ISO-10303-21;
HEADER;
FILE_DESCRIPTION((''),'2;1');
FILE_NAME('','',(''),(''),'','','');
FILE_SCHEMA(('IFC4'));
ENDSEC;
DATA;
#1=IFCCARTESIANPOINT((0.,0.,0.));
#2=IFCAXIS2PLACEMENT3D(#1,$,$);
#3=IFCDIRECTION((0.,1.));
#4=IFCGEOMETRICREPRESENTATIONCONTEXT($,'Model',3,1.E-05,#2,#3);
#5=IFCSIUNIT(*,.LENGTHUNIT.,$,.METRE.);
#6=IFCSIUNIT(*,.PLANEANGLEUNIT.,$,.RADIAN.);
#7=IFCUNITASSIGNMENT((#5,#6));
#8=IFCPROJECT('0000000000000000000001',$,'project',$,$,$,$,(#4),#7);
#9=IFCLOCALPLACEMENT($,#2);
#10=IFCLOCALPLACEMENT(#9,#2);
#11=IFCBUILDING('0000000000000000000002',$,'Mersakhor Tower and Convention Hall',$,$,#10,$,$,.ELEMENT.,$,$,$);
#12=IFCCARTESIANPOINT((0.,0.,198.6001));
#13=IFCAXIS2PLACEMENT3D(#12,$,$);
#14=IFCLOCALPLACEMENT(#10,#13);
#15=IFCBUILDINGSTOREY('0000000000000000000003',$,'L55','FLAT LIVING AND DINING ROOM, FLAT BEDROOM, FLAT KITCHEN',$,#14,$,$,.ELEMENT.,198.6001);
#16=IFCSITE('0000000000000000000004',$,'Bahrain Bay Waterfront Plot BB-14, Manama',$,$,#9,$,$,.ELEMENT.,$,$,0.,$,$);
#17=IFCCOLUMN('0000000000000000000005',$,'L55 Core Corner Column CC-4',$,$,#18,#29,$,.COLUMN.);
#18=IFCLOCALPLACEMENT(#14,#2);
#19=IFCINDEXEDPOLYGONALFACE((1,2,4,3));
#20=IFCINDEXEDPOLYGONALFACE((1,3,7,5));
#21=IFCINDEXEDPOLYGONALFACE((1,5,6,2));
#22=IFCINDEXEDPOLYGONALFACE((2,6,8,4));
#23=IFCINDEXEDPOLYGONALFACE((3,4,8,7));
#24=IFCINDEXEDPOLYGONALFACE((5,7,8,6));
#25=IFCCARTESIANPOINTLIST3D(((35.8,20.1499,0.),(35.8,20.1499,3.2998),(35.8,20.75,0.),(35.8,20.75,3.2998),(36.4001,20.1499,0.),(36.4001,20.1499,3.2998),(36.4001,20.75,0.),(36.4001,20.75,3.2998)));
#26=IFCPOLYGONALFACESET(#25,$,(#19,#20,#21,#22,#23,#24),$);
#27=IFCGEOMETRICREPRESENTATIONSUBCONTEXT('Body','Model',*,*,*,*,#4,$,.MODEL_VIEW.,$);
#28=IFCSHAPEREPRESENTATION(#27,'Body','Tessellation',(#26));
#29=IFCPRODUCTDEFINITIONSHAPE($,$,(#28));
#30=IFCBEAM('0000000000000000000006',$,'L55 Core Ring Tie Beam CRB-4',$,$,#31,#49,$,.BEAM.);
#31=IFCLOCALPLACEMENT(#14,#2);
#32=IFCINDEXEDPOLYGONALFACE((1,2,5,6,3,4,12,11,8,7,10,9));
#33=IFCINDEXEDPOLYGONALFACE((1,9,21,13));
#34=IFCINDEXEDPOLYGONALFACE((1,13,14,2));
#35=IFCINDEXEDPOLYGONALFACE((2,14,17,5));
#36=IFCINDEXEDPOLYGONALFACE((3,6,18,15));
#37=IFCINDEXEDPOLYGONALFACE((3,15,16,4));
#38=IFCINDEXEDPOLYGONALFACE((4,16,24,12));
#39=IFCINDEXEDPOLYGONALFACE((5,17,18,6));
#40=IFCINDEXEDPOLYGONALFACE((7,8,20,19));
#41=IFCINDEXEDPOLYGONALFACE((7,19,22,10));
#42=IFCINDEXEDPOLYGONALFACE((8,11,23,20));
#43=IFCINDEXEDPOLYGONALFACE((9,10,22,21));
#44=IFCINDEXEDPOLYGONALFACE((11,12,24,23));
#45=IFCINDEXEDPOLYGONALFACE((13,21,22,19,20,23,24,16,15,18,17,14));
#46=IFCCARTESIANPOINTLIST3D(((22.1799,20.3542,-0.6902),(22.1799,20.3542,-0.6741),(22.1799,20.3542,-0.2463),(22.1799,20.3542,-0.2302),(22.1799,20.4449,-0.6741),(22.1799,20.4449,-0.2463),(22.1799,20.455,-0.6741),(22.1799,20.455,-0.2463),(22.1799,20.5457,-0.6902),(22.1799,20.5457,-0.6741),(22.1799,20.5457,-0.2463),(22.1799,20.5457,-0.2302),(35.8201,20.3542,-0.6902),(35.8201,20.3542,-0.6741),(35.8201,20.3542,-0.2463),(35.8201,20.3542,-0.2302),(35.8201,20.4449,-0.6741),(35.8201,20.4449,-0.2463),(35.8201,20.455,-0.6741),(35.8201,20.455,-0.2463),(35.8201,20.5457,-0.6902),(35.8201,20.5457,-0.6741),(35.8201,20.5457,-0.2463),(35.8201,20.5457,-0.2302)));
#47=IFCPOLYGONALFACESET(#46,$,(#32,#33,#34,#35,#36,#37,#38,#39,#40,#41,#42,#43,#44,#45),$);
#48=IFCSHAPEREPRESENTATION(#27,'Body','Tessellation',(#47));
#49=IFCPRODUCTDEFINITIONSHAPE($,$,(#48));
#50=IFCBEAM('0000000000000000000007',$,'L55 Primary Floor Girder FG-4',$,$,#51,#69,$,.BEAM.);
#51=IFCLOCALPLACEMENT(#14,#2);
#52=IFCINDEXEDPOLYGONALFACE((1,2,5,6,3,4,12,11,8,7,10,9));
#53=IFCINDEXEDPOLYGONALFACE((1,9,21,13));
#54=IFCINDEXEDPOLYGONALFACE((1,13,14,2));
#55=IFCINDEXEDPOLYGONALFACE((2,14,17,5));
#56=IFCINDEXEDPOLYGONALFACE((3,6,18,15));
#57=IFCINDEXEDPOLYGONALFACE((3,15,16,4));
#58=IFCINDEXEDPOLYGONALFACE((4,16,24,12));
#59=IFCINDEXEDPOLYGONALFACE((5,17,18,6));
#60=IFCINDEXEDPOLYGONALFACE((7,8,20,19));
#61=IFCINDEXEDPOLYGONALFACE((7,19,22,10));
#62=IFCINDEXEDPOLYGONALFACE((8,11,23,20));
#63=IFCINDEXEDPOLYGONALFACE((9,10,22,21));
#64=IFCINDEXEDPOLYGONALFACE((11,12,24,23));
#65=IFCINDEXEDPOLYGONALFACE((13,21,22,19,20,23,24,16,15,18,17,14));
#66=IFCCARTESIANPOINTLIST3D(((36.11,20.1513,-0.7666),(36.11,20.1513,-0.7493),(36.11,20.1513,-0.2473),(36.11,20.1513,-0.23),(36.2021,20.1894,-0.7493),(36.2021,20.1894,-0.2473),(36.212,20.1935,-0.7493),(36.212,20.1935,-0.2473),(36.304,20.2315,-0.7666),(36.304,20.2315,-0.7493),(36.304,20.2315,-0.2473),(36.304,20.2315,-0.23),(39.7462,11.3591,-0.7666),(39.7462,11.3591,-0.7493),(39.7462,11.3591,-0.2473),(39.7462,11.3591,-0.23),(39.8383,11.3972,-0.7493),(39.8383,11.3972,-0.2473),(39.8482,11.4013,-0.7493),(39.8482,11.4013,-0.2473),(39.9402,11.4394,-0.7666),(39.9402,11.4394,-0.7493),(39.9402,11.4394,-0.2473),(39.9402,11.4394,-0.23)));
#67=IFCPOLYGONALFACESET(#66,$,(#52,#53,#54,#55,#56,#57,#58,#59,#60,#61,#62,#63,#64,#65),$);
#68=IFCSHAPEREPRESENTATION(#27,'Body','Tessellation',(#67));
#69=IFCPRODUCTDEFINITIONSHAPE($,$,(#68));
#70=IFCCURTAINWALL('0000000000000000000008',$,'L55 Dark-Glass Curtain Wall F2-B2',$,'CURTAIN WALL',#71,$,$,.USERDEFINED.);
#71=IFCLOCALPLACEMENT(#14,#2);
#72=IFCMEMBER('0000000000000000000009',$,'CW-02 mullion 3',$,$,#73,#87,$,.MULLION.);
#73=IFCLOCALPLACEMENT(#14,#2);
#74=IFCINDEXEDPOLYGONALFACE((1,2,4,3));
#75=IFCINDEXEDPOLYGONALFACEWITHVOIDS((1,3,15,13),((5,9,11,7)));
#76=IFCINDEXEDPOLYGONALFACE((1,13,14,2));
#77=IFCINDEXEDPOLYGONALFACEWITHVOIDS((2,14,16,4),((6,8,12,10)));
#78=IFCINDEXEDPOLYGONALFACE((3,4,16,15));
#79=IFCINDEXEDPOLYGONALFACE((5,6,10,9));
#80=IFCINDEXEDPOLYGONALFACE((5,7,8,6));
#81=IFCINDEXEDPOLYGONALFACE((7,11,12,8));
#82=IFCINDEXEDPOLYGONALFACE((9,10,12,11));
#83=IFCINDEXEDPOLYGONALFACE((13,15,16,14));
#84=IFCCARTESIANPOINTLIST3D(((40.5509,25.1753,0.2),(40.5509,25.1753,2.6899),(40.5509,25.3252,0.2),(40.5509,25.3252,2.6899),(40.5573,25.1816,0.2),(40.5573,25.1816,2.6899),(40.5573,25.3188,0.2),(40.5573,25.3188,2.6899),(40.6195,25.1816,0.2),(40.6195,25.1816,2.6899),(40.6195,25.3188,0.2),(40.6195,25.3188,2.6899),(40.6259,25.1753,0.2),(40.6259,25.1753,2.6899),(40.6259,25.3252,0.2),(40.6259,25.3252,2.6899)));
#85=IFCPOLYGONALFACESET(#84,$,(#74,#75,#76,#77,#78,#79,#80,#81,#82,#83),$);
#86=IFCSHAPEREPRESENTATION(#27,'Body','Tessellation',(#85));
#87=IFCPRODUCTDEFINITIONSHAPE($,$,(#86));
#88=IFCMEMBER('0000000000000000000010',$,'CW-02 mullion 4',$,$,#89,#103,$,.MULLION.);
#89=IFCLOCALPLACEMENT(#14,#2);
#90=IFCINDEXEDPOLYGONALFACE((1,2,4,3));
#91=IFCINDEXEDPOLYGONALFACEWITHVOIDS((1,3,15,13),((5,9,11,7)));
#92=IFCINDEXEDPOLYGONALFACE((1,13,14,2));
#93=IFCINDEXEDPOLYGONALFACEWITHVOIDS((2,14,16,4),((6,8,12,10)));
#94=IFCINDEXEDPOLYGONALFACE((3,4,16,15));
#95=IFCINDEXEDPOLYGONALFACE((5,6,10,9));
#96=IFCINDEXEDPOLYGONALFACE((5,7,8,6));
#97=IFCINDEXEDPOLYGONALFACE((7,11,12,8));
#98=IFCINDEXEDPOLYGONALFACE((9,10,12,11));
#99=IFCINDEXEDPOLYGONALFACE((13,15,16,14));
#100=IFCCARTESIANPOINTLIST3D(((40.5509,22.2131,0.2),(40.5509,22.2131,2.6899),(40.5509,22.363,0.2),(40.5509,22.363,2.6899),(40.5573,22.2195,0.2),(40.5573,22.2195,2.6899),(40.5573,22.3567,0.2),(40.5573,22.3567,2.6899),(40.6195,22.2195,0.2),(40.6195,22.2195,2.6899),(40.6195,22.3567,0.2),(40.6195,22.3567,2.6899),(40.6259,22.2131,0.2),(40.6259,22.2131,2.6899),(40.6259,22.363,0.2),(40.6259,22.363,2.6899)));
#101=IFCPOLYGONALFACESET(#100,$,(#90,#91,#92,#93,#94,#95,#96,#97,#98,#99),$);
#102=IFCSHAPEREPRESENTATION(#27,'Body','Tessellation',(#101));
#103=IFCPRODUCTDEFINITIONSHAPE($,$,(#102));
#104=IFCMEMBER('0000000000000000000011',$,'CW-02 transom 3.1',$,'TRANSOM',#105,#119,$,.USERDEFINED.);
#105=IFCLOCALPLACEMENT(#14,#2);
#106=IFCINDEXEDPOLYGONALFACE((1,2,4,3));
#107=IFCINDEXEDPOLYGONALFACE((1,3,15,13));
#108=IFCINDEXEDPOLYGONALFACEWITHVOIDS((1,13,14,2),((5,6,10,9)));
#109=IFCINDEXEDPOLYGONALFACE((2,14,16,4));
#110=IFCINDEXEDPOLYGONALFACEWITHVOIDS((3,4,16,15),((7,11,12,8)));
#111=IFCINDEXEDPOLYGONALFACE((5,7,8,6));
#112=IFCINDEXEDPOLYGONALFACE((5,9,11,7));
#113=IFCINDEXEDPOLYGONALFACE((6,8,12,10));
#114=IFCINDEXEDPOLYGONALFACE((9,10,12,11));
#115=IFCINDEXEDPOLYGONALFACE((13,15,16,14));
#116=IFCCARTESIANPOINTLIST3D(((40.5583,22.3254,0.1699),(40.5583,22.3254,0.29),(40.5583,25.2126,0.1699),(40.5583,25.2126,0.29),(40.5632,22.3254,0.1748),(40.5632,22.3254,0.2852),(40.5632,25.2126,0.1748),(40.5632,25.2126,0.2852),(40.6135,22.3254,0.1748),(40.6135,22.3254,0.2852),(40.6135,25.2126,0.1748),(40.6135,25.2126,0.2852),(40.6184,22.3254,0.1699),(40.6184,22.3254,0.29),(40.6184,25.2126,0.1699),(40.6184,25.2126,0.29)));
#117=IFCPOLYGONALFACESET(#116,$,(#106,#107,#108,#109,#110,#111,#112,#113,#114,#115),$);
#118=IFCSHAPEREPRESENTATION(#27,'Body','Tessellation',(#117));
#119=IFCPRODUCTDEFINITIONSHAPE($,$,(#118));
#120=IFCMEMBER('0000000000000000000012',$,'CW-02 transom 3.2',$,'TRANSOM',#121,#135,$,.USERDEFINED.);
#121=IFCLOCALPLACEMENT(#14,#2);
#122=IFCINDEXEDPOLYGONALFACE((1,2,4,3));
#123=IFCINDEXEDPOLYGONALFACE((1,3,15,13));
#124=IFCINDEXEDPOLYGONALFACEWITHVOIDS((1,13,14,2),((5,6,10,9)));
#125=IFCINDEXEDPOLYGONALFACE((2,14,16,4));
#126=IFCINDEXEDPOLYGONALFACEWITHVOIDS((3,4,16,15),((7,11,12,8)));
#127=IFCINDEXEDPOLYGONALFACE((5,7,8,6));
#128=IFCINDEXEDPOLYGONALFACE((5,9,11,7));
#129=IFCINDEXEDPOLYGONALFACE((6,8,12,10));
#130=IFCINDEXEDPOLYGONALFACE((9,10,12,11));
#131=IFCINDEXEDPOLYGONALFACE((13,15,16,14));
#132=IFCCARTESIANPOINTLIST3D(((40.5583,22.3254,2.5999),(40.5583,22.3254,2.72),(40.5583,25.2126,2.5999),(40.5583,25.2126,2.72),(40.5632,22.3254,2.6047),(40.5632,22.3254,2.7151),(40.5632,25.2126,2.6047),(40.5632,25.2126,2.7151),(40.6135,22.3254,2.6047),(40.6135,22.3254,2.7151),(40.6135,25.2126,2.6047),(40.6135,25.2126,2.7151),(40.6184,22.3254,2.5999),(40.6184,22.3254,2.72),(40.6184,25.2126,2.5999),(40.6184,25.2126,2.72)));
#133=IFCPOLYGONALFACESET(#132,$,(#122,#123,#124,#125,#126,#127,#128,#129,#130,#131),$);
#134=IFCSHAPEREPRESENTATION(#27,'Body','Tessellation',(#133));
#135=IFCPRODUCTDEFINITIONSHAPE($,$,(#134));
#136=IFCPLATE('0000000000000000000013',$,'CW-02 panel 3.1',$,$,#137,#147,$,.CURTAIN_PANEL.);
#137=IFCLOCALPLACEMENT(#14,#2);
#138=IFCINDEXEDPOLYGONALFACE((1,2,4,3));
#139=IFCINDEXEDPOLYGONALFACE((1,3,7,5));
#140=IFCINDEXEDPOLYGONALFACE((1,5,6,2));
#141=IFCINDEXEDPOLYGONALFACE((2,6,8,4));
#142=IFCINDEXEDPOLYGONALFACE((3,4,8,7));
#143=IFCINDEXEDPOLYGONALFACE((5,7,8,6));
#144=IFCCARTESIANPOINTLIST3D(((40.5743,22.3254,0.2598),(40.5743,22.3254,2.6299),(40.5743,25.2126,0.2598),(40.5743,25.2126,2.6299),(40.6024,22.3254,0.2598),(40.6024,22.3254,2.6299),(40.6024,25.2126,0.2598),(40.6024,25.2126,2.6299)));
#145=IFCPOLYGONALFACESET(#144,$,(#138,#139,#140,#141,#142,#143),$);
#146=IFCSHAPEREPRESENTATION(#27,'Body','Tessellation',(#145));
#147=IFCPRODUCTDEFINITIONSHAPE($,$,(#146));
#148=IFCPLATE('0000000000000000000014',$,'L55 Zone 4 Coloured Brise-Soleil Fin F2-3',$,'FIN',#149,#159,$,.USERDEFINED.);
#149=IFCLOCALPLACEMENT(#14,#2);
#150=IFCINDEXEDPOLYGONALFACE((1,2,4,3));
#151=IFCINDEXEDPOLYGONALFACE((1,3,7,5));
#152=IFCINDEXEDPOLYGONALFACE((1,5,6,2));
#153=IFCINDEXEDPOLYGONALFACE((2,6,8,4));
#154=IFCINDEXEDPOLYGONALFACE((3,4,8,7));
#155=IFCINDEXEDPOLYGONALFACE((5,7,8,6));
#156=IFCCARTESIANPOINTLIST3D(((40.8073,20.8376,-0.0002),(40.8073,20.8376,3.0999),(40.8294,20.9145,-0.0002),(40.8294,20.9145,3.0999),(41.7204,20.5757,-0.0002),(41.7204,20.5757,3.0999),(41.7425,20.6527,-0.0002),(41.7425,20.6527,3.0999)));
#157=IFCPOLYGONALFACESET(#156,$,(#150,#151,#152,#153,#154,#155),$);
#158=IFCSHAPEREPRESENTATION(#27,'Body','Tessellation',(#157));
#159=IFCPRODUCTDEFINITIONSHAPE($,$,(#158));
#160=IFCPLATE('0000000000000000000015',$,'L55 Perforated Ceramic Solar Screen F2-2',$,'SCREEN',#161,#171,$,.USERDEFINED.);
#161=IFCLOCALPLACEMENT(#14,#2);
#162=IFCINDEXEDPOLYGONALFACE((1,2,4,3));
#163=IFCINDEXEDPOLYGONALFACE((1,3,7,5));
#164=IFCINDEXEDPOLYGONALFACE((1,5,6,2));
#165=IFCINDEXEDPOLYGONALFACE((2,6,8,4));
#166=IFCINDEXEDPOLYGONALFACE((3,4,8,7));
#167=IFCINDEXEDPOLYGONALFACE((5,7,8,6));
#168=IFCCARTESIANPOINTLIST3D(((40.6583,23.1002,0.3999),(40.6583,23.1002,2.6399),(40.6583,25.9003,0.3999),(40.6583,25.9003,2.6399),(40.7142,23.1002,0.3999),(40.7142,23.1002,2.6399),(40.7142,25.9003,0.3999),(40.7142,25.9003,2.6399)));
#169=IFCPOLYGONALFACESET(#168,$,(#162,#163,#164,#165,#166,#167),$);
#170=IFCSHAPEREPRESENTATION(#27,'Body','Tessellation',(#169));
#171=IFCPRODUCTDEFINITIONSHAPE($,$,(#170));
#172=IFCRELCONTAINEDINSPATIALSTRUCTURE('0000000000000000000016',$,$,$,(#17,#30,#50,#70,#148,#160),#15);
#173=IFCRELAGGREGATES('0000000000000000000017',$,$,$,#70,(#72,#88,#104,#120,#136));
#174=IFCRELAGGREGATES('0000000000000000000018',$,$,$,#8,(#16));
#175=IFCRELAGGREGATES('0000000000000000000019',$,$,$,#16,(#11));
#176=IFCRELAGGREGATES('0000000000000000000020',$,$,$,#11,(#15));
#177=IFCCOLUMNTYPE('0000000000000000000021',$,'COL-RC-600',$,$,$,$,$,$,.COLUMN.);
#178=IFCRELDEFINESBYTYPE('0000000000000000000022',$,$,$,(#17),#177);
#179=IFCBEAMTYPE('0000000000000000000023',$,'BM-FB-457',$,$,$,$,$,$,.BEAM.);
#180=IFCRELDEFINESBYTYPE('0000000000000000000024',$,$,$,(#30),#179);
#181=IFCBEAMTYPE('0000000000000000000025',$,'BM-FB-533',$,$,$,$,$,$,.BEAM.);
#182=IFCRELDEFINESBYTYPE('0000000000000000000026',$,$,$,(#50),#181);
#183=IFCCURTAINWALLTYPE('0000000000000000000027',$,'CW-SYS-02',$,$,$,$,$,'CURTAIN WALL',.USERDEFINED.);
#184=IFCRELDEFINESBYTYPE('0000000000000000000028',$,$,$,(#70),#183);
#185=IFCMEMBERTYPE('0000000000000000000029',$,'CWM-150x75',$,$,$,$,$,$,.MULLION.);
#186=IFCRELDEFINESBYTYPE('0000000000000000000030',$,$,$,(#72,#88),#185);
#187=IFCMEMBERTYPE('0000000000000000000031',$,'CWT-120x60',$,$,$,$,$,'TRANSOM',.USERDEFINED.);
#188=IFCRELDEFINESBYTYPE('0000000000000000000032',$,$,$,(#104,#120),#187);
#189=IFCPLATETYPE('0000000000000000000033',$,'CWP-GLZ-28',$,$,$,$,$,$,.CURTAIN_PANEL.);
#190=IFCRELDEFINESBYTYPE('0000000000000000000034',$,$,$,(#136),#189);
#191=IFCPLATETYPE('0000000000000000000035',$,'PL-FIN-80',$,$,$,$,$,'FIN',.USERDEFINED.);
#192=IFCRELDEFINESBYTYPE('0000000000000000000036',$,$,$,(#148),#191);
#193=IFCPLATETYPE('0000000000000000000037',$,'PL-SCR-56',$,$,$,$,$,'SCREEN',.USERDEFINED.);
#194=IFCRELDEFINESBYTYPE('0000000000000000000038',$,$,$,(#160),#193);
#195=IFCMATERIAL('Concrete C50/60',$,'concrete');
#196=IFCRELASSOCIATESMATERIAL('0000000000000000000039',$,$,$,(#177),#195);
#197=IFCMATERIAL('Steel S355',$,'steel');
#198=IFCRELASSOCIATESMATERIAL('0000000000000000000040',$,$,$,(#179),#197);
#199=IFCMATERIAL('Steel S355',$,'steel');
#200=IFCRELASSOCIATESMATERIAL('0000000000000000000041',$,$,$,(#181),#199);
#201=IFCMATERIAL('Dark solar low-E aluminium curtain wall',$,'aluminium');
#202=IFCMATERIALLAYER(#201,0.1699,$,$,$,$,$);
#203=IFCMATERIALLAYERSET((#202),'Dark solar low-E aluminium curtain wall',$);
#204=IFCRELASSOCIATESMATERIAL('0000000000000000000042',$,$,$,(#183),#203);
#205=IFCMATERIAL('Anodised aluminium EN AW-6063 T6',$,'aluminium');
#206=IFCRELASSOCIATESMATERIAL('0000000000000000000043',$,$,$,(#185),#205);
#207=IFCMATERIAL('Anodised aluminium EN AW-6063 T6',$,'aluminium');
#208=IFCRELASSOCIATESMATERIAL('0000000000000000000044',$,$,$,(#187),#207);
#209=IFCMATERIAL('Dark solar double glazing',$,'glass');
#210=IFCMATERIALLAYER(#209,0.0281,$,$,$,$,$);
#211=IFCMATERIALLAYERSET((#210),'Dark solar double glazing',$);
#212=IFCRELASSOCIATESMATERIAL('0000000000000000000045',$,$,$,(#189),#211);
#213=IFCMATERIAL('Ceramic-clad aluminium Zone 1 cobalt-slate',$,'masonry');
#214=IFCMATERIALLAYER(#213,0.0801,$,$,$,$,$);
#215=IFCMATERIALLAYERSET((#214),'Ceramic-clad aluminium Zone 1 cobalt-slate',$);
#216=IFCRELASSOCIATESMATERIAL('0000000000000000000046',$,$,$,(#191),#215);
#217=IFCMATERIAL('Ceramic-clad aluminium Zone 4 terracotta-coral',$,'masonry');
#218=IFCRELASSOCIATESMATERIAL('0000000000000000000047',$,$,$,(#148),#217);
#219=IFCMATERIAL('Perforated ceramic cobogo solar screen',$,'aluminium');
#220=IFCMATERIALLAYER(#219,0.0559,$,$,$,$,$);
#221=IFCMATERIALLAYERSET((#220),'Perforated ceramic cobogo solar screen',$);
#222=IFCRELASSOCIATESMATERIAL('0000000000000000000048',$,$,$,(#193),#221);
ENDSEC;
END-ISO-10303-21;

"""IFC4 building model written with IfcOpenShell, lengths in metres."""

from ifc_helpers import new_model, si_unit, direction, frame, origin, origin_2d, place, context, subcontext, project, spatial, rectangle, hollow_rectangle, i_section, extrude, material, layer, layer_set, material_profile, profile_set, type_object, element, aggregate, save


model = new_model("IFC4")

# Units and contexts
model_context = context("Model", 3, precision=1e-05, world=origin(), true_north=direction((0.0, 1.0)))
body_context = subcontext(model_context, "Body", "Model", "MODEL_VIEW")
ifc_project = project(units=[si_unit("LENGTHUNIT", "METRE"), si_unit("PLANEANGLEUNIT", "RADIAN")], contexts=[model_context])

# Site, building, storey
site_placement = place(None, origin())
site = spatial("IfcSite", under=ifc_project, at=site_placement, Name="Bahrain Bay Waterfront Plot BB-14, Manama", CompositionType="ELEMENT", RefElevation=0.0)
building_placement = place(site_placement, origin())
building = spatial("IfcBuilding", under=site, at=building_placement, Name="Mersakhor Tower and Convention Hall", CompositionType="ELEMENT")
storey_placement = place(building_placement, frame((0.0, 0.0, 198.6001)))
storey = spatial("IfcBuildingStorey", under=building, at=storey_placement, Name="L55", Description="FLAT LIVING AND DINING ROOM, FLAT BEDROOM, FLAT KITCHEN", CompositionType="ELEMENT", Elevation=198.6001)

# Column
ifc_material_1 = material(Name="Concrete C50/60", Category="concrete")
ifc_material_profile_1 = material_profile(ifc_material_1, rectangle(XDim=0.6001, YDim=0.6001, at=origin_2d()), Name="RC 600x600")
ifc_profile_set_1 = profile_set([ifc_material_profile_1], Name="Concrete C50/60")
column_type = type_object("IfcColumnType", Name="COL-RC-600", PredefinedType="COLUMN", material=ifc_profile_set_1)
column_placement = place(storey_placement, frame((36.1001, 20.45, 0.0), z_axis=(0.0, 0.0, 1.0), x_axis=(1.0, 0.0, 0.0)))
element("IfcColumn", 1, at=column_placement, inside=storey, type_object=column_type, Name="L55 Core Corner Column CC-4", PredefinedType="COLUMN", context=body_context, shape_type="SweptSolid", body=[
    extrude(rectangle(XDim=0.6001, YDim=0.6001, at=origin_2d()), origin(), (0.0, 0.0, 1.0), 3.2998),
])

# Beams
ifc_material_2 = material(Name="Steel S355", Category="steel")
ifc_material_profile_2 = material_profile(ifc_material_2, i_section(OverallWidth=0.1914, OverallDepth=0.46, WebThickness=0.01, FlangeThickness=0.0161, at=origin_2d()), Name="UB 457x191x82")
ifc_profile_set_2 = profile_set([ifc_material_profile_2], Name="Steel S355")
beam_type_1 = type_object("IfcBeamType", Name="BM-FB-457", PredefinedType="BEAM", material=ifc_profile_set_2)
beam_1_placement = place(storey_placement, frame((35.8201, 20.45, -0.4602), z_axis=(-1.0, 0.0, 0.0), x_axis=(0.0, -1.0, 0.0)))
element("IfcBeam", 2, at=beam_1_placement, inside=storey, type_object=beam_type_1, Name="L55 Core Ring Tie Beam CRB-4", PredefinedType="BEAM", context=body_context, shape_type="SweptSolid", body=[
    extrude(i_section(OverallWidth=0.1914, OverallDepth=0.46, WebThickness=0.01, FlangeThickness=0.0161, at=origin_2d()), origin(), (0.0, 0.0, 1.0), 13.6401),
])
ifc_material_3 = material(Name="Steel S355", Category="steel")
ifc_material_profile_3 = material_profile(ifc_material_3, i_section(OverallWidth=0.21, OverallDepth=0.5366, WebThickness=0.0107, FlangeThickness=0.0173, at=origin_2d()), Name="UB 533x210x101")
ifc_profile_set_3 = profile_set([ifc_material_profile_3], Name="Steel S355")
beam_type_2 = type_object("IfcBeamType", Name="BM-FB-533", PredefinedType="BEAM", material=ifc_profile_set_3)
beam_2_placement = place(storey_placement, frame((36.207, 20.1914, -0.4983), z_axis=(0.382178, -0.924089, 0.0), x_axis=(0.924089, 0.382178, 0.0)))
element("IfcBeam", 3, at=beam_2_placement, inside=storey, type_object=beam_type_2, Name="L55 Primary Floor Girder FG-4", PredefinedType="BEAM", context=body_context, shape_type="SweptSolid", body=[
    extrude(i_section(OverallWidth=0.21, OverallDepth=0.5366, WebThickness=0.0107, FlangeThickness=0.0173, at=origin_2d()), origin(), (0.0, 0.0, 1.0), 9.5144),
])

# Curtain wall, members, plate
ifc_material_4 = material(Name="Dark solar low-E aluminium curtain wall", Category="aluminium")
ifc_layer_1 = layer(ifc_material_4, 0.1699)
ifc_layer_set_1 = layer_set([ifc_layer_1], Name="Dark solar low-E aluminium curtain wall")
curtain_wall_type = type_object("IfcCurtainWallType", Name="CW-SYS-02", ElementType="CURTAIN WALL", PredefinedType="USERDEFINED", material=ifc_layer_set_1)
curtain_wall_placement = place(storey_placement, origin())
curtain_wall = element("IfcCurtainWall", 4, at=curtain_wall_placement, inside=storey, type_object=curtain_wall_type, Name="L55 Dark-Glass Curtain Wall F2-B2", ObjectType="CURTAIN WALL", PredefinedType="USERDEFINED")
ifc_material_5 = material(Name="Anodised aluminium EN AW-6063 T6", Category="aluminium")
ifc_material_profile_4 = material_profile(ifc_material_5, hollow_rectangle(XDim=0.075, YDim=0.1499, WallThickness=0.0063, at=origin_2d()), Name="RHS 150x75x6.3")
ifc_profile_set_4 = profile_set([ifc_material_profile_4], Name="Anodised aluminium EN AW-6063 T6")
member_type_1 = type_object("IfcMemberType", Name="CWM-150x75", PredefinedType="MULLION", material=ifc_profile_set_4)
member_1_placement = place(storey_placement, frame((40.5884, 25.2502, 0.2), z_axis=(0.0, 0.0, 1.0), x_axis=(1.0, 0.0, 0.0)))
member_1 = element("IfcMember", 5, at=member_1_placement, type_object=member_type_1, Name="CW-02 mullion 3", PredefinedType="MULLION", context=body_context, shape_type="SweptSolid", body=[
    extrude(hollow_rectangle(XDim=0.075, YDim=0.1499, WallThickness=0.0063, at=origin_2d()), origin(), (0.0, 0.0, 1.0), 2.49),
])
member_2_placement = place(storey_placement, frame((40.5884, 22.2881, 0.2), z_axis=(0.0, 0.0, 1.0), x_axis=(1.0, 0.0, 0.0)))
member_2 = element("IfcMember", 6, at=member_2_placement, type_object=member_type_1, Name="CW-02 mullion 4", PredefinedType="MULLION", context=body_context, shape_type="SweptSolid", body=[
    extrude(hollow_rectangle(XDim=0.075, YDim=0.1499, WallThickness=0.0063, at=origin_2d()), origin(), (0.0, 0.0, 1.0), 2.49),
])
ifc_material_6 = material(Name="Anodised aluminium EN AW-6063 T6", Category="aluminium")
ifc_material_profile_5 = material_profile(ifc_material_6, hollow_rectangle(XDim=0.0601, YDim=0.1201, WallThickness=0.0049, at=origin_2d()), Name="RHS 120x60x5")
ifc_profile_set_5 = profile_set([ifc_material_profile_5], Name="Anodised aluminium EN AW-6063 T6")
member_type_2 = type_object("IfcMemberType", Name="CWT-120x60", ElementType="TRANSOM", PredefinedType="USERDEFINED", material=ifc_profile_set_5)
member_3_placement = place(storey_placement, frame((40.5884, 25.2126, 0.23), z_axis=(0.0, -1.0, 0.0), x_axis=(1.0, 0.0, 0.0)))
member_3 = element("IfcMember", 7, at=member_3_placement, type_object=member_type_2, Name="CW-02 transom 3.1", ObjectType="TRANSOM", PredefinedType="USERDEFINED", context=body_context, shape_type="SweptSolid", body=[
    extrude(hollow_rectangle(XDim=0.0601, YDim=0.1201, WallThickness=0.0049, at=origin_2d()), origin(), (0.0, 0.0, 1.0), 2.8872),
])
member_4_placement = place(storey_placement, frame((40.5884, 25.2126, 2.6599), z_axis=(0.0, -1.0, 0.0), x_axis=(1.0, 0.0, 0.0)))
member_4 = element("IfcMember", 8, at=member_4_placement, type_object=member_type_2, Name="CW-02 transom 3.2", ObjectType="TRANSOM", PredefinedType="USERDEFINED", context=body_context, shape_type="SweptSolid", body=[
    extrude(hollow_rectangle(XDim=0.0601, YDim=0.1201, WallThickness=0.0049, at=origin_2d()), origin(), (0.0, 0.0, 1.0), 2.8872),
])
ifc_material_7 = material(Name="Dark solar double glazing", Category="glass")
ifc_layer_2 = layer(ifc_material_7, 0.0281)
ifc_layer_set_2 = layer_set([ifc_layer_2], Name="Dark solar double glazing")
plate_type_1 = type_object("IfcPlateType", Name="CWP-GLZ-28", PredefinedType="CURTAIN_PANEL", material=ifc_layer_set_2)
plate_1_placement = place(storey_placement, frame((40.5884, 23.769, 0.2598), z_axis=(0.0, 0.0, 1.0), x_axis=(0.0, -1.0, 0.0)))
plate_1 = element("IfcPlate", 9, at=plate_1_placement, type_object=plate_type_1, Name="CW-02 panel 3.1", PredefinedType="CURTAIN_PANEL", context=body_context, shape_type="SweptSolid", body=[
    extrude(rectangle(XDim=2.8872, YDim=0.0281, at=origin_2d()), origin(), (0.0, 0.0, 1.0), 2.3701),
])
aggregate(curtain_wall, [member_1, member_2, member_3, member_4, plate_1])

# Plates
ifc_material_8 = material(Name="Ceramic-clad aluminium Zone 4 terracotta-coral", Category="masonry")
ifc_material_9 = material(Name="Ceramic-clad aluminium Zone 1 cobalt-slate", Category="masonry")
ifc_layer_3 = layer(ifc_material_9, 0.0801)
ifc_layer_set_3 = layer_set([ifc_layer_3], Name="Ceramic-clad aluminium Zone 1 cobalt-slate")
plate_type_2 = type_object("IfcPlateType", Name="PL-FIN-80", ElementType="FIN", PredefinedType="USERDEFINED", material=ifc_layer_set_3)
plate_2_placement = place(storey_placement, frame((41.2749, 20.7451, -0.0002), z_axis=(0.0, 0.0, 1.0), x_axis=(0.961262, -0.275637, 0.0)))
element("IfcPlate", 10, at=plate_2_placement, inside=storey, type_object=plate_type_2, material=ifc_material_8, Name="L55 Zone 4 Coloured Brise-Soleil Fin F2-3", ObjectType="FIN", PredefinedType="USERDEFINED", context=body_context, shape_type="SweptSolid", body=[
    extrude(rectangle(XDim=0.95, YDim=0.0801, at=origin_2d()), origin(), (0.0, 0.0, 1.0), 3.1001),
])
ifc_material_10 = material(Name="Perforated ceramic cobogo solar screen", Category="aluminium")
ifc_layer_4 = layer(ifc_material_10, 0.0559)
ifc_layer_set_4 = layer_set([ifc_layer_4], Name="Perforated ceramic cobogo solar screen")
plate_type_3 = type_object("IfcPlateType", Name="PL-SCR-56", ElementType="SCREEN", PredefinedType="USERDEFINED", material=ifc_layer_set_4)
plate_3_placement = place(storey_placement, frame((40.6863, 24.5002, 0.3999), z_axis=(0.0, 0.0, 1.0), x_axis=(0.0, -1.0, 0.0)))
element("IfcPlate", 11, at=plate_3_placement, inside=storey, type_object=plate_type_3, Name="L55 Perforated Ceramic Solar Screen F2-2", ObjectType="SCREEN", PredefinedType="USERDEFINED", context=body_context, shape_type="SweptSolid", body=[
    extrude(rectangle(XDim=2.8, YDim=0.0559, at=origin_2d()), origin(), (0.0, 0.0, 1.0), 2.24),
])

save(model, "model.ifc")
